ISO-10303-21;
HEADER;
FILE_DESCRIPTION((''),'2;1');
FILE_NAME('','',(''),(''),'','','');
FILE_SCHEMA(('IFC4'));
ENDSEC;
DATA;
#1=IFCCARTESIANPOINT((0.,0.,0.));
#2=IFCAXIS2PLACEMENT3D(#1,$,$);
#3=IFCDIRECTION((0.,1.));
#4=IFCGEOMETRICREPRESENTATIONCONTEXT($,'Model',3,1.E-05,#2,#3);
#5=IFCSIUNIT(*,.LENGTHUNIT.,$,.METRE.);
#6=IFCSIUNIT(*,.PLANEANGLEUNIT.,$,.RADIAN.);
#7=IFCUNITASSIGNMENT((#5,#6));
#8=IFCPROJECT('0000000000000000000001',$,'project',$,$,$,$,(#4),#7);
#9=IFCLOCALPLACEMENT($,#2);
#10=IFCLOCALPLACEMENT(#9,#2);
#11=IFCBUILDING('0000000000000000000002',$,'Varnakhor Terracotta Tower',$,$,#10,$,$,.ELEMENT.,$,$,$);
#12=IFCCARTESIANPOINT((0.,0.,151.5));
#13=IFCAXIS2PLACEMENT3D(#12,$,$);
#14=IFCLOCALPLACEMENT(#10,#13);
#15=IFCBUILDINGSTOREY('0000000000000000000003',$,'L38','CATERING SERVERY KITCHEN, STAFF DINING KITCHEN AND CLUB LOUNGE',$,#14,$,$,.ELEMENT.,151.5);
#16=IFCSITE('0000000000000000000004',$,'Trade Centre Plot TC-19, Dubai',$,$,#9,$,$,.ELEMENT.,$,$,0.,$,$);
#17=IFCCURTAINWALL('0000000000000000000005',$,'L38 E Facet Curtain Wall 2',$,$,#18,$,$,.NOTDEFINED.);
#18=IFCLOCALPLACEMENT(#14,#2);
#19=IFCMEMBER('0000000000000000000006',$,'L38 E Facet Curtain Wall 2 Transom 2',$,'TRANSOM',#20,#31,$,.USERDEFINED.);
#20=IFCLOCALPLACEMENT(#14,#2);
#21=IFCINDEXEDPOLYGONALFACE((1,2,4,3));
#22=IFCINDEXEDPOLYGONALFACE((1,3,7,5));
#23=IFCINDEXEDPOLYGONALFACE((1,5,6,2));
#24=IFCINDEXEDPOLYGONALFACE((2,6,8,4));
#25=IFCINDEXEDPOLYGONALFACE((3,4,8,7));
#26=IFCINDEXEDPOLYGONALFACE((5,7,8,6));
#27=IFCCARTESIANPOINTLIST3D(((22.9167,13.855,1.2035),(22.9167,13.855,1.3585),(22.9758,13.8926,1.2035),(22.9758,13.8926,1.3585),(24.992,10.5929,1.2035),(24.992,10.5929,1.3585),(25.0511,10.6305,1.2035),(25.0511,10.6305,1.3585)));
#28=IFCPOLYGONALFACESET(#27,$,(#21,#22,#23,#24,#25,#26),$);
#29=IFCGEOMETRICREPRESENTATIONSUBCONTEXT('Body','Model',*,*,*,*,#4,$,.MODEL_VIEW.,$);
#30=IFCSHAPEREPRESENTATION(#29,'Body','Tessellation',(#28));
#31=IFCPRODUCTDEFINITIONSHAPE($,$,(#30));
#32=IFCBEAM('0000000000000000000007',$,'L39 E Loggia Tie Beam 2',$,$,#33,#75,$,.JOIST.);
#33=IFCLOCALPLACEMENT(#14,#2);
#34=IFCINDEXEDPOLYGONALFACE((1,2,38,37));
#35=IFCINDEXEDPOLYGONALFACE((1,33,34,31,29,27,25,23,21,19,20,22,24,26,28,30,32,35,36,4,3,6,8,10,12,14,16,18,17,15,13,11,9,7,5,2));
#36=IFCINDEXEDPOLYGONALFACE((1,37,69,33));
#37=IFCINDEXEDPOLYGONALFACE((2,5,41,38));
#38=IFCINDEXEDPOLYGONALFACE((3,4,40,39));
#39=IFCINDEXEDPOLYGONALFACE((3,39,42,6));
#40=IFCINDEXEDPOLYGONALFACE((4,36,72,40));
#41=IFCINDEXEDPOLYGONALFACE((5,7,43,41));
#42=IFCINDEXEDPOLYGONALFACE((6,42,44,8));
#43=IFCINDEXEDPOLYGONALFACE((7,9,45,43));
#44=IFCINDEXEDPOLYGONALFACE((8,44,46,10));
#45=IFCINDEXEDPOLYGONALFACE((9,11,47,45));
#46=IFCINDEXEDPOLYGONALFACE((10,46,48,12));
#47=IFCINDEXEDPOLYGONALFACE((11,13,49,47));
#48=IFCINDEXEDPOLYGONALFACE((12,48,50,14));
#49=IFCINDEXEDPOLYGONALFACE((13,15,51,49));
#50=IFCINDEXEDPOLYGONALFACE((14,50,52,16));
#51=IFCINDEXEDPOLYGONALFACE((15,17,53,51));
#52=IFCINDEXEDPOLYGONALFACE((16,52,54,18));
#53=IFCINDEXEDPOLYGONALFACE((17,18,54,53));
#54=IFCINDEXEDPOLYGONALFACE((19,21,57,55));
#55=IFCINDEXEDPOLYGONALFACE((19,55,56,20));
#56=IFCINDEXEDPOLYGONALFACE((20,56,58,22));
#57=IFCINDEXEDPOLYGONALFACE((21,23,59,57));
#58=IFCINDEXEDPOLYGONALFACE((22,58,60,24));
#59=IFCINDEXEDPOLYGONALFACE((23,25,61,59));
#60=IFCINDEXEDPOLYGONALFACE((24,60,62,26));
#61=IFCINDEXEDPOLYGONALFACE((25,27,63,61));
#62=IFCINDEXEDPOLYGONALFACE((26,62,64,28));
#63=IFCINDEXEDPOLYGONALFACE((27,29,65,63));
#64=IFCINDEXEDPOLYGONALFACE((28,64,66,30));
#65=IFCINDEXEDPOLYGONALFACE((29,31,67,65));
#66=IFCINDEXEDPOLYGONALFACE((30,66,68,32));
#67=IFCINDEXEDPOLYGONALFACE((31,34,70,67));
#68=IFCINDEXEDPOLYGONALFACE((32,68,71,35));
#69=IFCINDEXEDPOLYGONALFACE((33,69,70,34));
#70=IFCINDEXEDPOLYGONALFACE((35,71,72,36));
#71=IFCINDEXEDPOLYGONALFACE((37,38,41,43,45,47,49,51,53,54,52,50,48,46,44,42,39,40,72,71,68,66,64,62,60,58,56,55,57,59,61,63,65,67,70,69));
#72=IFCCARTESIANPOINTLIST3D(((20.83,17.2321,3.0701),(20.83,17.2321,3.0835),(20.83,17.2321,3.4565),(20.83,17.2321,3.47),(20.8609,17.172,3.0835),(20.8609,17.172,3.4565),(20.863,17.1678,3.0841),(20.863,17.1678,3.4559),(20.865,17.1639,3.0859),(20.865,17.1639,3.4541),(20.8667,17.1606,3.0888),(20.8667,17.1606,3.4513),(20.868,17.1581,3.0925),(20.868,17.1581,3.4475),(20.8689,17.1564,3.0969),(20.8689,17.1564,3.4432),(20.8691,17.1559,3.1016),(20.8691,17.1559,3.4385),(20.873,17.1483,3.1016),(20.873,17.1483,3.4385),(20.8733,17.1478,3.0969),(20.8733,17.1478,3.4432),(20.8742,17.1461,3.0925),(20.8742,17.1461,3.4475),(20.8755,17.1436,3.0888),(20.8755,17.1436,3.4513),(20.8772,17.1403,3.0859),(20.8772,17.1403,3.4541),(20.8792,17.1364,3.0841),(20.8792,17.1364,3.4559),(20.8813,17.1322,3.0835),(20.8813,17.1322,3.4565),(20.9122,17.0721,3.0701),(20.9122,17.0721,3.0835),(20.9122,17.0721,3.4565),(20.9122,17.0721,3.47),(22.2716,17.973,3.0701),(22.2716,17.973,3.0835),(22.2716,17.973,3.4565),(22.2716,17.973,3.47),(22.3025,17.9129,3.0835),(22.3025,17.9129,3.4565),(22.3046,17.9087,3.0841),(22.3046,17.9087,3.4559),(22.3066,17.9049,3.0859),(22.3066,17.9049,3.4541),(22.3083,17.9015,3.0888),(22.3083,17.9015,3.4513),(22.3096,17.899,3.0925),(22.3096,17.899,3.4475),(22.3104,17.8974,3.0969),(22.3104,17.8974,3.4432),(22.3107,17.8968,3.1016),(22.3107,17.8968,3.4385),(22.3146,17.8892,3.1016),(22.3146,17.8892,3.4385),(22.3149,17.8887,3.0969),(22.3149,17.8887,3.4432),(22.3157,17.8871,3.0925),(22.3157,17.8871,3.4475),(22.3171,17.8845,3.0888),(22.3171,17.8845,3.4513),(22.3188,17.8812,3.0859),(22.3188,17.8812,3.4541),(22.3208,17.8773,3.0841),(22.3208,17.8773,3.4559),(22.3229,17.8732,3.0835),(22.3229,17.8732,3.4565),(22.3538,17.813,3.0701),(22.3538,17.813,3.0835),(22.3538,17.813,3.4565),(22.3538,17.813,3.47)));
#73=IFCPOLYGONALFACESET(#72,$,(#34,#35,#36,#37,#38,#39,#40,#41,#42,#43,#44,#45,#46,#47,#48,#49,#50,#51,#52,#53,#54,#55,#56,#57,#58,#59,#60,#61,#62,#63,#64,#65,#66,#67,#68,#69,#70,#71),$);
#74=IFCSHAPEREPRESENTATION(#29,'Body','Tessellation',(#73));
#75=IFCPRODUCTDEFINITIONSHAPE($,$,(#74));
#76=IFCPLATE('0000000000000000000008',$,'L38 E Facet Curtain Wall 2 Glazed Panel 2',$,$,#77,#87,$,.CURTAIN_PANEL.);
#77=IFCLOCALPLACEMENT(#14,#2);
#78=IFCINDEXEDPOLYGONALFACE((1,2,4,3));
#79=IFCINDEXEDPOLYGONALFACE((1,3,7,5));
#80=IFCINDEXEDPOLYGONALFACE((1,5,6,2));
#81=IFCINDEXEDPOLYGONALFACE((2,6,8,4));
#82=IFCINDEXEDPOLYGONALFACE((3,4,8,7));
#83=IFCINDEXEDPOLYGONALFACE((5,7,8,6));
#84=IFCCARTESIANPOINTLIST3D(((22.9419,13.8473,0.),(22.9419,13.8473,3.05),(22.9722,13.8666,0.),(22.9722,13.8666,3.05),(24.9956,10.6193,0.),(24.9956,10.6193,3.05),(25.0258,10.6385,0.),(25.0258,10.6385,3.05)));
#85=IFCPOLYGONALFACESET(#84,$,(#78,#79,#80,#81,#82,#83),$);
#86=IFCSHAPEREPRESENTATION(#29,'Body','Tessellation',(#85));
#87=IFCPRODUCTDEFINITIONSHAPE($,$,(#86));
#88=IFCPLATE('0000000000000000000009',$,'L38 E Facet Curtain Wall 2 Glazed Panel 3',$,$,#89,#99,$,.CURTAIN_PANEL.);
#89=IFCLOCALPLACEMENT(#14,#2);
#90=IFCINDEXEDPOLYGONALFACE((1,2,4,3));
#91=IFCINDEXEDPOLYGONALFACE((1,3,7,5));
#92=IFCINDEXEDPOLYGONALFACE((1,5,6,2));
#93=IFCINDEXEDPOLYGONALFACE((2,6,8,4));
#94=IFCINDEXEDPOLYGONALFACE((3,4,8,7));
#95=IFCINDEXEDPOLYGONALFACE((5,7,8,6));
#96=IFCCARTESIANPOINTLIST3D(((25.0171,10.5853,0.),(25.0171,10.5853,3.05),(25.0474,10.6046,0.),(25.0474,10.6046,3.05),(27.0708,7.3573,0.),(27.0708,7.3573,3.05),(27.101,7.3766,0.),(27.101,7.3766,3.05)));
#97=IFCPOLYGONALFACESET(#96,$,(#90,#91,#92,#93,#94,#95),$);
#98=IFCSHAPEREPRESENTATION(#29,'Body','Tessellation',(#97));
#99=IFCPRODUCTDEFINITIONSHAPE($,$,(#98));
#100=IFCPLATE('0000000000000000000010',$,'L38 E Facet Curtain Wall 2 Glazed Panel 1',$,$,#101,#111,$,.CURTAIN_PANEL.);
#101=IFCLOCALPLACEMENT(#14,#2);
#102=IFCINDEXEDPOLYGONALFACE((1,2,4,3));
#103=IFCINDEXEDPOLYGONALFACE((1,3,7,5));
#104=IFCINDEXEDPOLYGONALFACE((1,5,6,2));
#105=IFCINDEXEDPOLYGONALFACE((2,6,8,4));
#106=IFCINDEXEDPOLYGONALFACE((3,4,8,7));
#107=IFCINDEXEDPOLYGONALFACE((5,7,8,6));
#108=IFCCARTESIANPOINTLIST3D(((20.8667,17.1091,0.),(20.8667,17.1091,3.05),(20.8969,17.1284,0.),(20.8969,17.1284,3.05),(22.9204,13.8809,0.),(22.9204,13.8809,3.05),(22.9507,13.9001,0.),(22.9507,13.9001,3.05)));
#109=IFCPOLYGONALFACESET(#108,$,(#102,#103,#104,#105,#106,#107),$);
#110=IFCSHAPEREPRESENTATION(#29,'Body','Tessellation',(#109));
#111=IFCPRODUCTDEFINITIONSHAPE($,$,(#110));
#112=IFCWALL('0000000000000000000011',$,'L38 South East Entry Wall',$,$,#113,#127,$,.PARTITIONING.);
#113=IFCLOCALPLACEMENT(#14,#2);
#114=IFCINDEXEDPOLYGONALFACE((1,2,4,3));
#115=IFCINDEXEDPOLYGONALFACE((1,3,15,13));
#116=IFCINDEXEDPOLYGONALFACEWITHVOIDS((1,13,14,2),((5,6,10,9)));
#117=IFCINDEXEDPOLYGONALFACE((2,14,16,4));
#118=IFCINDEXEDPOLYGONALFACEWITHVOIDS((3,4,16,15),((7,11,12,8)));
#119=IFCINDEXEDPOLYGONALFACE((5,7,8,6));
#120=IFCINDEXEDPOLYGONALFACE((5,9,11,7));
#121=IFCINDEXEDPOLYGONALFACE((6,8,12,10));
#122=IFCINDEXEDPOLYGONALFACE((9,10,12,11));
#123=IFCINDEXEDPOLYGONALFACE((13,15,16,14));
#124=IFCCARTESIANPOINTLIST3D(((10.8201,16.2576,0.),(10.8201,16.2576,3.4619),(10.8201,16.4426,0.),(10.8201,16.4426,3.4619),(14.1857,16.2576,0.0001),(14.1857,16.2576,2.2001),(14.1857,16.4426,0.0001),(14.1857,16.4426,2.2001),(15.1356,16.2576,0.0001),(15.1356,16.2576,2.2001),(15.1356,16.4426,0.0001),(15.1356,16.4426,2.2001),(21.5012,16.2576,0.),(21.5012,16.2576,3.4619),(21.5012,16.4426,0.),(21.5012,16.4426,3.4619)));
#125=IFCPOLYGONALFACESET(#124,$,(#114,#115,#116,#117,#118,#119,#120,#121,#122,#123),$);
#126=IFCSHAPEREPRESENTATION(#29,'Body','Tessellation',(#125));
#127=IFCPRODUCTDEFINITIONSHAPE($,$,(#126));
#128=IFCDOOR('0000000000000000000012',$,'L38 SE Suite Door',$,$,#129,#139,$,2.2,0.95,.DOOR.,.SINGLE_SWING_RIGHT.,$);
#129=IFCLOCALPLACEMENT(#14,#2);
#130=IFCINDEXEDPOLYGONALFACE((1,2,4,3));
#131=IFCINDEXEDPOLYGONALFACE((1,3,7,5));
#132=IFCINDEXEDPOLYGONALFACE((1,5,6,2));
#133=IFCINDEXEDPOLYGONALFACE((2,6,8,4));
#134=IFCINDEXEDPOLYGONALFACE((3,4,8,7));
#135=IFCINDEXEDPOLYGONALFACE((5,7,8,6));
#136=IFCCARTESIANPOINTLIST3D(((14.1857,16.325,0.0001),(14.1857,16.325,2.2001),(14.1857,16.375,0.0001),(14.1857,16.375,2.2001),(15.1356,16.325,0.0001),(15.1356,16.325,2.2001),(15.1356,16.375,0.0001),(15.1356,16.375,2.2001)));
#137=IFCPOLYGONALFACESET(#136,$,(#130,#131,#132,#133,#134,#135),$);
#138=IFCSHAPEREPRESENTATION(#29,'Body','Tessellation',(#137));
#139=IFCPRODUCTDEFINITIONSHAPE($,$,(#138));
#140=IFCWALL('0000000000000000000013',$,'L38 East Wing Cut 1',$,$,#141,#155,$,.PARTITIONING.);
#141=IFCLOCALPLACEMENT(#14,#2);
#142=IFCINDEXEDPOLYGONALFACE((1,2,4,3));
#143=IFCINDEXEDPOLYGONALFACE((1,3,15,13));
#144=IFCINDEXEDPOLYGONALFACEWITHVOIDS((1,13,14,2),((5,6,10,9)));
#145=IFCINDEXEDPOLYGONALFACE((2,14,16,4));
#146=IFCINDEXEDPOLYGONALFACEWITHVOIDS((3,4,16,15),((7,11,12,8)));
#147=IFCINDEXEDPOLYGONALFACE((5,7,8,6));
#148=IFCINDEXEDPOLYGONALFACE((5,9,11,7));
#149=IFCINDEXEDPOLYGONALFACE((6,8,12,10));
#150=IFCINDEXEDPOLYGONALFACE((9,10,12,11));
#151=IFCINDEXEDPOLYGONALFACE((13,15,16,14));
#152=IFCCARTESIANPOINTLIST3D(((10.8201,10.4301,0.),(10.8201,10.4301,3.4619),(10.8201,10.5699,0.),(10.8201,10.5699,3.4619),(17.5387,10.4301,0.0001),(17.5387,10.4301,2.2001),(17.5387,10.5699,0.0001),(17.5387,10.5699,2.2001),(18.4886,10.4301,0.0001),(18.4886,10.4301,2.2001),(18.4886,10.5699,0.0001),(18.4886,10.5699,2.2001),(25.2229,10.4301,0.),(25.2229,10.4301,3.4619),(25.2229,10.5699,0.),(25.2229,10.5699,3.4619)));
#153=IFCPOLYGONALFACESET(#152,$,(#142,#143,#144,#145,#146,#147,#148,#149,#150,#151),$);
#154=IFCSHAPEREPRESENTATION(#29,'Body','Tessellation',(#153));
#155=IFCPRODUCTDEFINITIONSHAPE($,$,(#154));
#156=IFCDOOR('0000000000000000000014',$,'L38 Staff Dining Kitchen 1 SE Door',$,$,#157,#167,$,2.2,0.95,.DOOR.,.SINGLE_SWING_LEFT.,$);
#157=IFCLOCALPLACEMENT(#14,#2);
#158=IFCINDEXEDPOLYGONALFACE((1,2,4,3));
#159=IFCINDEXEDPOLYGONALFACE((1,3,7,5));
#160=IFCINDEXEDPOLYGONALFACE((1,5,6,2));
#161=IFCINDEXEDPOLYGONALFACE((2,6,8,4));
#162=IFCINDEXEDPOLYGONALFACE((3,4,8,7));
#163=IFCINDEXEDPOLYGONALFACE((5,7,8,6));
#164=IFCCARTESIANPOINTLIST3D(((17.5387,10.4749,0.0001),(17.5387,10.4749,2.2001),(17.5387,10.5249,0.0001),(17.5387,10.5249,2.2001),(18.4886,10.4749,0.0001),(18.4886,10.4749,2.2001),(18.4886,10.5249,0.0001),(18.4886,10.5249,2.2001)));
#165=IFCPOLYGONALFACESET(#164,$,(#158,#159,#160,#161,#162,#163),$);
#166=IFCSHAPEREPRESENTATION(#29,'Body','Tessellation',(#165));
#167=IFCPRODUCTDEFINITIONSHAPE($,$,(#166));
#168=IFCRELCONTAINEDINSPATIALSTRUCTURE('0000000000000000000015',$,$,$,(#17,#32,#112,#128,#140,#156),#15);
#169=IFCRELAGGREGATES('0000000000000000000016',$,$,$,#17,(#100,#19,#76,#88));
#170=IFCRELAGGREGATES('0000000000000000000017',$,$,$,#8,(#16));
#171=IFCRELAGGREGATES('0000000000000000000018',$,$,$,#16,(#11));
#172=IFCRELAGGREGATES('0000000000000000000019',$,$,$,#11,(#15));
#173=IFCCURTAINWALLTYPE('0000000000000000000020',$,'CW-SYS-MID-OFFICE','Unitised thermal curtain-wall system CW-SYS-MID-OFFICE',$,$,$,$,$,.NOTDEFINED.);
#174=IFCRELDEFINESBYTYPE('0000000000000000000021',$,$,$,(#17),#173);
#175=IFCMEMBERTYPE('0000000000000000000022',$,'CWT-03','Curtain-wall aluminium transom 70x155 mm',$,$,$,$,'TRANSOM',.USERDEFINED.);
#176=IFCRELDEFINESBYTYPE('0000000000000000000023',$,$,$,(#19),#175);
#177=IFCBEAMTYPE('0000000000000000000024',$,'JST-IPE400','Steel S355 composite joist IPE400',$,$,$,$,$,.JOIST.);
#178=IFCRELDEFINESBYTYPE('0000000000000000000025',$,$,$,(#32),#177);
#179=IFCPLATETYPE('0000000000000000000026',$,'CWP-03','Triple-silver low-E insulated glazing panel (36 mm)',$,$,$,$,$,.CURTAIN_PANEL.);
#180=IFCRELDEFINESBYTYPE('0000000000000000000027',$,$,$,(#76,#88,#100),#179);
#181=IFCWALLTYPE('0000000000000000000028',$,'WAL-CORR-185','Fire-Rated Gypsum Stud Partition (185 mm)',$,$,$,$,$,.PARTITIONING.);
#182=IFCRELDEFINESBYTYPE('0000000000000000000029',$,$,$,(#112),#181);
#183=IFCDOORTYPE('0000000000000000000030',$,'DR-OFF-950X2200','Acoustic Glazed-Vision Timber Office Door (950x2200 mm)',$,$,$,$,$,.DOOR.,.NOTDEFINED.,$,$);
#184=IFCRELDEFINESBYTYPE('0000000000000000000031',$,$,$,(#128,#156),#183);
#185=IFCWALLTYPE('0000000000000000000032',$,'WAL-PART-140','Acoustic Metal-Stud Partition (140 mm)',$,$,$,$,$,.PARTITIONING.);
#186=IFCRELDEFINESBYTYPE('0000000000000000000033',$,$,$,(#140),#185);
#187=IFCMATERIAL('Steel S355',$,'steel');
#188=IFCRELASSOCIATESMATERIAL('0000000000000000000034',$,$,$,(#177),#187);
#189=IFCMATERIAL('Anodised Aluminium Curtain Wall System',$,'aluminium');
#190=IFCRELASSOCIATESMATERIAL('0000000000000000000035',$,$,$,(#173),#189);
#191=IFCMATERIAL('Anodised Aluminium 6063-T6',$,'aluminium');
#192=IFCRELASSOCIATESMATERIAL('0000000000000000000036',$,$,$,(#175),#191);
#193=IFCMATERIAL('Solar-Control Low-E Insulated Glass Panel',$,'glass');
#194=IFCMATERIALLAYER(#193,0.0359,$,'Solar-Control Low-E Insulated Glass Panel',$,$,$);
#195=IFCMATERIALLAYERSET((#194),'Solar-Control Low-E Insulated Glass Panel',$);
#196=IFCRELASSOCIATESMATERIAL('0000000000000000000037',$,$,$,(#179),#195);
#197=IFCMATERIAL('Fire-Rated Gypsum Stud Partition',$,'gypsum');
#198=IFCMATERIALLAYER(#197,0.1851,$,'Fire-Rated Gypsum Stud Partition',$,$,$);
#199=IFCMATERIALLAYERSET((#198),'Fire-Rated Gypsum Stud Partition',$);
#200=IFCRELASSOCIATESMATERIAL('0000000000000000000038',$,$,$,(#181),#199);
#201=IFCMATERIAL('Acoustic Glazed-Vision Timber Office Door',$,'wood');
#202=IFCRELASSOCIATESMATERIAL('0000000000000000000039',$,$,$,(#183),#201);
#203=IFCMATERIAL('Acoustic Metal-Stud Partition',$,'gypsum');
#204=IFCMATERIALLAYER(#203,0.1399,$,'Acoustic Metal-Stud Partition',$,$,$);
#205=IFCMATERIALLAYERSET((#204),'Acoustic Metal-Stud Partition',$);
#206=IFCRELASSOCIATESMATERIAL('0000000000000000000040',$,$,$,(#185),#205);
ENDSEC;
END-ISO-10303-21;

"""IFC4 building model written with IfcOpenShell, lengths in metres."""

from ifc_helpers import new_model, si_unit, direction, frame, frame_2d, origin, origin_2d, place, context, subcontext, project, spatial, rectangle, i_section, extrude, source, transform, mapped, material, layer, layer_set, material_profile, profile_set, type_object, type_shapes, element, fill, aggregate, save


model = new_model("IFC4")

# Units and contexts
model_context = context("Model", 3, precision=1e-05, world=origin(), true_north=direction((0.0, 1.0)))
body_context = subcontext(model_context, "Body", "Model", "MODEL_VIEW")
ifc_project = project(units=[si_unit("LENGTHUNIT", "METRE"), si_unit("PLANEANGLEUNIT", "RADIAN")], contexts=[model_context])

# Site, building, storey
site_placement = place(None, origin())
site = spatial("IfcSite", under=ifc_project, at=site_placement, Name="Trade Centre Plot TC-19, Dubai", CompositionType="ELEMENT", RefElevation=0.0)
building_placement = place(site_placement, origin())
building = spatial("IfcBuilding", under=site, at=building_placement, Name="Varnakhor Terracotta Tower", CompositionType="ELEMENT")
storey_placement = place(building_placement, frame((0.0, 0.0, 151.5)))
storey = spatial("IfcBuildingStorey", under=building, at=storey_placement, Name="L38", Description="CATERING SERVERY KITCHEN, STAFF DINING KITCHEN AND CLUB LOUNGE", CompositionType="ELEMENT", Elevation=151.5)

# Shared definitions
ifc_material_1 = material(Name="Steel S355", Category="steel")
ifc_material_profile_1 = material_profile(ifc_material_1, i_section(OverallWidth=0.1799, OverallDepth=0.3999, WebThickness=0.0085, FlangeThickness=0.0134, FilletRadius=0.0181, at=origin_2d()), Name="IPE400")
ifc_profile_set_1 = profile_set([ifc_material_profile_1], Name="Steel S355")
beam_type_1 = type_object("IfcBeamType", Name="JST-IPE400", Description="Steel S355 composite joist IPE400", PredefinedType="JOIST", material=ifc_profile_set_1)

# Curtain wall, member
ifc_material_2 = material(Name="Anodised Aluminium Curtain Wall System", Category="aluminium")
curtain_wall_type = type_object("IfcCurtainWallType", Name="CW-SYS-MID-OFFICE", Description="Unitised thermal curtain-wall system CW-SYS-MID-OFFICE", PredefinedType="NOTDEFINED", material=ifc_material_2)
curtain_wall_placement = place(storey_placement, origin())
curtain_wall = element("IfcCurtainWall", 1, at=curtain_wall_placement, inside=storey, type_object=curtain_wall_type, Name="L38 E Facet Curtain Wall 2", PredefinedType="NOTDEFINED")
ifc_material_3 = material(Name="Anodised Aluminium 6063-T6", Category="aluminium")
ifc_material_profile_2 = material_profile(ifc_material_3, rectangle(XDim=0.0701, YDim=0.155, at=origin_2d()), Name="ALU TRANSOM 70x155")
ifc_profile_set_2 = profile_set([ifc_material_profile_2], Name="Anodised Aluminium 6063-T6")
member_type_1 = type_object("IfcMemberType", Name="CWT-03", Description="Curtain-wall aluminium transom 70x155 mm", ElementType="TRANSOM", PredefinedType="USERDEFINED", material=ifc_profile_set_2)
shared_shape_1 = source(origin(), body_context, "Body", "SweptSolid", [
    extrude(rectangle(XDim=0.0701, YDim=0.155, at=origin_2d()), origin(), (0.0, 0.0, 1.0), 3.8662),
])
member_1_placement = place(storey_placement, frame((22.9463, 13.8738, 1.281), z_axis=(0.536765, -0.843732, 0.0), x_axis=(0.843732, 0.536765, 0.0)))
member_1 = element("IfcMember", 2, at=member_1_placement, type_object=member_type_1, Name="L38 E Facet Curtain Wall 2 Transom 2", ObjectType="TRANSOM", PredefinedType="USERDEFINED", context=body_context, shape_type="MappedRepresentation", body=[
    mapped(shared_shape_1, transform((0.0, 0.0, 0.0), scale=1.0)),
])

# Beam
shared_shape_2 = source(origin(), body_context, "Body", "SweptSolid", [
    extrude(i_section(OverallWidth=0.1799, OverallDepth=0.3999, WebThickness=0.0085, FlangeThickness=0.0134, FilletRadius=0.0181, at=origin_2d()), origin(), (0.0, 0.0, 1.0), 1.6208),
])
beam_1_placement = place(storey_placement, frame((20.8711, 17.1521, 3.27), z_axis=(0.889402, 0.457127, 0.0), x_axis=(-0.457127, 0.889402, 0.0)))
element("IfcBeam", 3, at=beam_1_placement, inside=storey, type_object=beam_type_1, Name="L39 E Loggia Tie Beam 2", PredefinedType="JOIST", context=body_context, shape_type="MappedRepresentation", body=[
    mapped(shared_shape_2, transform((0.0, 0.0, 0.0), scale=1.0)),
])

# Plates
ifc_material_4 = material(Name="Solar-Control Low-E Insulated Glass Panel", Category="glass")
ifc_layer_1 = layer(ifc_material_4, 0.0359, Name="Solar-Control Low-E Insulated Glass Panel")
ifc_layer_set_1 = layer_set([ifc_layer_1], Name="Solar-Control Low-E Insulated Glass Panel")
plate_type = type_object("IfcPlateType", Name="CWP-03", Description="Triple-silver low-E insulated glazing panel (36 mm)", PredefinedType="CURTAIN_PANEL", material=ifc_layer_set_1)
shared_shape_3 = source(origin(), body_context, "Body", "SweptSolid", [
    extrude(rectangle(XDim=3.8259, YDim=0.0359, at=origin_2d()), origin(), (0.0, 0.0, 1.0), 3.05),
])
plate_1_placement = place(storey_placement, frame((23.9839, 12.2429, 0.0), z_axis=(0.0, 0.0, 1.0), x_axis=(0.53677, -0.843729, 0.0)))
plate_1 = element("IfcPlate", 4, at=plate_1_placement, type_object=plate_type, Name="L38 E Facet Curtain Wall 2 Glazed Panel 2", PredefinedType="CURTAIN_PANEL", context=body_context, shape_type="MappedRepresentation", body=[
    mapped(shared_shape_3, transform((0.0, 0.0, 0.0), scale=1.0)),
])
plate_2_placement = place(storey_placement, frame((26.0591, 8.981, 0.0), z_axis=(0.0, 0.0, 1.0), x_axis=(0.53677, -0.843729, 0.0)))
plate_2 = element("IfcPlate", 5, at=plate_2_placement, type_object=plate_type, Name="L38 E Facet Curtain Wall 2 Glazed Panel 3", PredefinedType="CURTAIN_PANEL", context=body_context, shape_type="MappedRepresentation", body=[
    mapped(shared_shape_3, transform((0.0, 0.0, 0.0), scale=1.0)),
])
shared_shape_4 = source(origin(), body_context, "Body", "SweptSolid", [
    extrude(rectangle(XDim=3.8262, YDim=0.0359, at=origin_2d()), origin(), (0.0, 0.0, 1.0), 3.05),
])
plate_3_placement = place(storey_placement, frame((21.9087, 15.5046, 0.0), z_axis=(0.0, 0.0, 1.0), x_axis=(0.53677, -0.843729, 0.0)))
plate_3 = element("IfcPlate", 6, at=plate_3_placement, type_object=plate_type, Name="L38 E Facet Curtain Wall 2 Glazed Panel 1", PredefinedType="CURTAIN_PANEL", context=body_context, shape_type="MappedRepresentation", body=[
    mapped(shared_shape_4, transform((0.0, 0.0, 0.0), scale=1.0)),
])
aggregate(curtain_wall, [plate_3, member_1, plate_1, plate_2])

# Walls, openings, doors
ifc_material_5 = material(Name="Fire-Rated Gypsum Stud Partition", Category="gypsum")
ifc_layer_2 = layer(ifc_material_5, 0.1851, Name="Fire-Rated Gypsum Stud Partition")
ifc_layer_set_2 = layer_set([ifc_layer_2], Name="Fire-Rated Gypsum Stud Partition")
wall_type_1 = type_object("IfcWallType", Name="WAL-CORR-185", Description="Fire-Rated Gypsum Stud Partition (185 mm)", PredefinedType="PARTITIONING", material=ifc_layer_set_2)
wall_1_placement = place(storey_placement, frame((10.8201, 16.3501, 0.0), z_axis=(0.0, 0.0, 1.0), x_axis=(1.0, 0.0, 0.0)))
wall_1 = element("IfcWall", 7, at=wall_1_placement, inside=storey, type_object=wall_type_1, Name="L38 South East Entry Wall", PredefinedType="PARTITIONING", context=body_context, shape_type="SweptSolid", body=[
    extrude(rectangle(XDim=10.6812, YDim=0.1851, at=frame_2d((5.3406, 0.0))), origin(), (0.0, 0.0, 1.0), 3.4619),
])
opening_1_placement = place(wall_1_placement, frame((3.3655, 0.0, 0.0)))
opening_1 = element("IfcOpeningElement", 8, at=opening_1_placement, cuts=wall_1, PredefinedType="OPENING", context=body_context, shape_type="SweptSolid", body=[
    extrude(rectangle(XDim=0.95, YDim=2.2, at=frame_2d((0.4751, 1.1001))), frame((0.0, 0.1025, 0.0), z_axis=(0.0, -1.0, 0.0), x_axis=(1.0, 0.0, 0.0)), (0.0, 0.0, 1.0), 0.2051),
])
ifc_material_6 = material(Name="Acoustic Glazed-Vision Timber Office Door", Category="wood")
door_type = type_object("IfcDoorType", Name="DR-OFF-950X2200", Description="Acoustic Glazed-Vision Timber Office Door (950x2200 mm)", OperationType="NOTDEFINED", PredefinedType="DOOR", material=ifc_material_6)
shared_shape_5 = source(origin(), body_context, "Body", "SweptSolid", [
    extrude(rectangle(XDim=0.95, YDim=2.2, at=frame_2d((0.4751, 1.1001))), frame((0.0, 0.0249, 0.0), z_axis=(0.0, -1.0, 0.0), x_axis=(1.0, 0.0, 0.0)), (0.0, 0.0, 1.0), 0.05),
])
type_shapes(door_type, [shared_shape_5])
door_1_placement = place(opening_1_placement, origin())
door_1 = element("IfcDoor", 9, at=door_1_placement, inside=storey, type_object=door_type, Name="L38 SE Suite Door", OperationType="SINGLE_SWING_RIGHT", OverallHeight=2.2, OverallWidth=0.95, PredefinedType="DOOR", context=body_context, shape_type="MappedRepresentation", body=[
    mapped(shared_shape_5, transform((0.0, 0.0, 0.0), scale=1.0)),
])
fill(opening_1, door_1)
ifc_material_7 = material(Name="Acoustic Metal-Stud Partition", Category="gypsum")
ifc_layer_3 = layer(ifc_material_7, 0.1399, Name="Acoustic Metal-Stud Partition")
ifc_layer_set_3 = layer_set([ifc_layer_3], Name="Acoustic Metal-Stud Partition")
wall_type_2 = type_object("IfcWallType", Name="WAL-PART-140", Description="Acoustic Metal-Stud Partition (140 mm)", PredefinedType="PARTITIONING", material=ifc_layer_set_3)
wall_2_placement = place(storey_placement, frame((10.8201, 10.5, 0.0), z_axis=(0.0, 0.0, 1.0), x_axis=(1.0, 0.0, 0.0)))
wall_2 = element("IfcWall", 10, at=wall_2_placement, inside=storey, type_object=wall_type_2, Name="L38 East Wing Cut 1", PredefinedType="PARTITIONING", context=body_context, shape_type="SweptSolid", body=[
    extrude(rectangle(XDim=14.4028, YDim=0.1399, at=frame_2d((7.2014, 0.0))), origin(), (0.0, 0.0, 1.0), 3.4619),
])
opening_2_placement = place(wall_2_placement, frame((6.7185, 0.0, 0.0)))
opening_2 = element("IfcOpeningElement", 11, at=opening_2_placement, cuts=wall_2, PredefinedType="OPENING", context=body_context, shape_type="SweptSolid", body=[
    extrude(rectangle(XDim=0.95, YDim=2.2, at=frame_2d((0.4751, 1.1001))), frame((0.0, 0.0801, 0.0), z_axis=(0.0, -1.0, 0.0), x_axis=(1.0, 0.0, 0.0)), (0.0, 0.0, 1.0), 0.1599),
])
door_2_placement = place(opening_2_placement, origin())
door_2 = element("IfcDoor", 12, at=door_2_placement, inside=storey, type_object=door_type, Name="L38 Staff Dining Kitchen 1 SE Door", OperationType="SINGLE_SWING_LEFT", OverallHeight=2.2, OverallWidth=0.95, PredefinedType="DOOR", context=body_context, shape_type="MappedRepresentation", body=[
    mapped(shared_shape_5, transform((0.0, 0.0, 0.0), scale=1.0)),
])
fill(opening_2, door_2)

save(model, "model.ifc")
